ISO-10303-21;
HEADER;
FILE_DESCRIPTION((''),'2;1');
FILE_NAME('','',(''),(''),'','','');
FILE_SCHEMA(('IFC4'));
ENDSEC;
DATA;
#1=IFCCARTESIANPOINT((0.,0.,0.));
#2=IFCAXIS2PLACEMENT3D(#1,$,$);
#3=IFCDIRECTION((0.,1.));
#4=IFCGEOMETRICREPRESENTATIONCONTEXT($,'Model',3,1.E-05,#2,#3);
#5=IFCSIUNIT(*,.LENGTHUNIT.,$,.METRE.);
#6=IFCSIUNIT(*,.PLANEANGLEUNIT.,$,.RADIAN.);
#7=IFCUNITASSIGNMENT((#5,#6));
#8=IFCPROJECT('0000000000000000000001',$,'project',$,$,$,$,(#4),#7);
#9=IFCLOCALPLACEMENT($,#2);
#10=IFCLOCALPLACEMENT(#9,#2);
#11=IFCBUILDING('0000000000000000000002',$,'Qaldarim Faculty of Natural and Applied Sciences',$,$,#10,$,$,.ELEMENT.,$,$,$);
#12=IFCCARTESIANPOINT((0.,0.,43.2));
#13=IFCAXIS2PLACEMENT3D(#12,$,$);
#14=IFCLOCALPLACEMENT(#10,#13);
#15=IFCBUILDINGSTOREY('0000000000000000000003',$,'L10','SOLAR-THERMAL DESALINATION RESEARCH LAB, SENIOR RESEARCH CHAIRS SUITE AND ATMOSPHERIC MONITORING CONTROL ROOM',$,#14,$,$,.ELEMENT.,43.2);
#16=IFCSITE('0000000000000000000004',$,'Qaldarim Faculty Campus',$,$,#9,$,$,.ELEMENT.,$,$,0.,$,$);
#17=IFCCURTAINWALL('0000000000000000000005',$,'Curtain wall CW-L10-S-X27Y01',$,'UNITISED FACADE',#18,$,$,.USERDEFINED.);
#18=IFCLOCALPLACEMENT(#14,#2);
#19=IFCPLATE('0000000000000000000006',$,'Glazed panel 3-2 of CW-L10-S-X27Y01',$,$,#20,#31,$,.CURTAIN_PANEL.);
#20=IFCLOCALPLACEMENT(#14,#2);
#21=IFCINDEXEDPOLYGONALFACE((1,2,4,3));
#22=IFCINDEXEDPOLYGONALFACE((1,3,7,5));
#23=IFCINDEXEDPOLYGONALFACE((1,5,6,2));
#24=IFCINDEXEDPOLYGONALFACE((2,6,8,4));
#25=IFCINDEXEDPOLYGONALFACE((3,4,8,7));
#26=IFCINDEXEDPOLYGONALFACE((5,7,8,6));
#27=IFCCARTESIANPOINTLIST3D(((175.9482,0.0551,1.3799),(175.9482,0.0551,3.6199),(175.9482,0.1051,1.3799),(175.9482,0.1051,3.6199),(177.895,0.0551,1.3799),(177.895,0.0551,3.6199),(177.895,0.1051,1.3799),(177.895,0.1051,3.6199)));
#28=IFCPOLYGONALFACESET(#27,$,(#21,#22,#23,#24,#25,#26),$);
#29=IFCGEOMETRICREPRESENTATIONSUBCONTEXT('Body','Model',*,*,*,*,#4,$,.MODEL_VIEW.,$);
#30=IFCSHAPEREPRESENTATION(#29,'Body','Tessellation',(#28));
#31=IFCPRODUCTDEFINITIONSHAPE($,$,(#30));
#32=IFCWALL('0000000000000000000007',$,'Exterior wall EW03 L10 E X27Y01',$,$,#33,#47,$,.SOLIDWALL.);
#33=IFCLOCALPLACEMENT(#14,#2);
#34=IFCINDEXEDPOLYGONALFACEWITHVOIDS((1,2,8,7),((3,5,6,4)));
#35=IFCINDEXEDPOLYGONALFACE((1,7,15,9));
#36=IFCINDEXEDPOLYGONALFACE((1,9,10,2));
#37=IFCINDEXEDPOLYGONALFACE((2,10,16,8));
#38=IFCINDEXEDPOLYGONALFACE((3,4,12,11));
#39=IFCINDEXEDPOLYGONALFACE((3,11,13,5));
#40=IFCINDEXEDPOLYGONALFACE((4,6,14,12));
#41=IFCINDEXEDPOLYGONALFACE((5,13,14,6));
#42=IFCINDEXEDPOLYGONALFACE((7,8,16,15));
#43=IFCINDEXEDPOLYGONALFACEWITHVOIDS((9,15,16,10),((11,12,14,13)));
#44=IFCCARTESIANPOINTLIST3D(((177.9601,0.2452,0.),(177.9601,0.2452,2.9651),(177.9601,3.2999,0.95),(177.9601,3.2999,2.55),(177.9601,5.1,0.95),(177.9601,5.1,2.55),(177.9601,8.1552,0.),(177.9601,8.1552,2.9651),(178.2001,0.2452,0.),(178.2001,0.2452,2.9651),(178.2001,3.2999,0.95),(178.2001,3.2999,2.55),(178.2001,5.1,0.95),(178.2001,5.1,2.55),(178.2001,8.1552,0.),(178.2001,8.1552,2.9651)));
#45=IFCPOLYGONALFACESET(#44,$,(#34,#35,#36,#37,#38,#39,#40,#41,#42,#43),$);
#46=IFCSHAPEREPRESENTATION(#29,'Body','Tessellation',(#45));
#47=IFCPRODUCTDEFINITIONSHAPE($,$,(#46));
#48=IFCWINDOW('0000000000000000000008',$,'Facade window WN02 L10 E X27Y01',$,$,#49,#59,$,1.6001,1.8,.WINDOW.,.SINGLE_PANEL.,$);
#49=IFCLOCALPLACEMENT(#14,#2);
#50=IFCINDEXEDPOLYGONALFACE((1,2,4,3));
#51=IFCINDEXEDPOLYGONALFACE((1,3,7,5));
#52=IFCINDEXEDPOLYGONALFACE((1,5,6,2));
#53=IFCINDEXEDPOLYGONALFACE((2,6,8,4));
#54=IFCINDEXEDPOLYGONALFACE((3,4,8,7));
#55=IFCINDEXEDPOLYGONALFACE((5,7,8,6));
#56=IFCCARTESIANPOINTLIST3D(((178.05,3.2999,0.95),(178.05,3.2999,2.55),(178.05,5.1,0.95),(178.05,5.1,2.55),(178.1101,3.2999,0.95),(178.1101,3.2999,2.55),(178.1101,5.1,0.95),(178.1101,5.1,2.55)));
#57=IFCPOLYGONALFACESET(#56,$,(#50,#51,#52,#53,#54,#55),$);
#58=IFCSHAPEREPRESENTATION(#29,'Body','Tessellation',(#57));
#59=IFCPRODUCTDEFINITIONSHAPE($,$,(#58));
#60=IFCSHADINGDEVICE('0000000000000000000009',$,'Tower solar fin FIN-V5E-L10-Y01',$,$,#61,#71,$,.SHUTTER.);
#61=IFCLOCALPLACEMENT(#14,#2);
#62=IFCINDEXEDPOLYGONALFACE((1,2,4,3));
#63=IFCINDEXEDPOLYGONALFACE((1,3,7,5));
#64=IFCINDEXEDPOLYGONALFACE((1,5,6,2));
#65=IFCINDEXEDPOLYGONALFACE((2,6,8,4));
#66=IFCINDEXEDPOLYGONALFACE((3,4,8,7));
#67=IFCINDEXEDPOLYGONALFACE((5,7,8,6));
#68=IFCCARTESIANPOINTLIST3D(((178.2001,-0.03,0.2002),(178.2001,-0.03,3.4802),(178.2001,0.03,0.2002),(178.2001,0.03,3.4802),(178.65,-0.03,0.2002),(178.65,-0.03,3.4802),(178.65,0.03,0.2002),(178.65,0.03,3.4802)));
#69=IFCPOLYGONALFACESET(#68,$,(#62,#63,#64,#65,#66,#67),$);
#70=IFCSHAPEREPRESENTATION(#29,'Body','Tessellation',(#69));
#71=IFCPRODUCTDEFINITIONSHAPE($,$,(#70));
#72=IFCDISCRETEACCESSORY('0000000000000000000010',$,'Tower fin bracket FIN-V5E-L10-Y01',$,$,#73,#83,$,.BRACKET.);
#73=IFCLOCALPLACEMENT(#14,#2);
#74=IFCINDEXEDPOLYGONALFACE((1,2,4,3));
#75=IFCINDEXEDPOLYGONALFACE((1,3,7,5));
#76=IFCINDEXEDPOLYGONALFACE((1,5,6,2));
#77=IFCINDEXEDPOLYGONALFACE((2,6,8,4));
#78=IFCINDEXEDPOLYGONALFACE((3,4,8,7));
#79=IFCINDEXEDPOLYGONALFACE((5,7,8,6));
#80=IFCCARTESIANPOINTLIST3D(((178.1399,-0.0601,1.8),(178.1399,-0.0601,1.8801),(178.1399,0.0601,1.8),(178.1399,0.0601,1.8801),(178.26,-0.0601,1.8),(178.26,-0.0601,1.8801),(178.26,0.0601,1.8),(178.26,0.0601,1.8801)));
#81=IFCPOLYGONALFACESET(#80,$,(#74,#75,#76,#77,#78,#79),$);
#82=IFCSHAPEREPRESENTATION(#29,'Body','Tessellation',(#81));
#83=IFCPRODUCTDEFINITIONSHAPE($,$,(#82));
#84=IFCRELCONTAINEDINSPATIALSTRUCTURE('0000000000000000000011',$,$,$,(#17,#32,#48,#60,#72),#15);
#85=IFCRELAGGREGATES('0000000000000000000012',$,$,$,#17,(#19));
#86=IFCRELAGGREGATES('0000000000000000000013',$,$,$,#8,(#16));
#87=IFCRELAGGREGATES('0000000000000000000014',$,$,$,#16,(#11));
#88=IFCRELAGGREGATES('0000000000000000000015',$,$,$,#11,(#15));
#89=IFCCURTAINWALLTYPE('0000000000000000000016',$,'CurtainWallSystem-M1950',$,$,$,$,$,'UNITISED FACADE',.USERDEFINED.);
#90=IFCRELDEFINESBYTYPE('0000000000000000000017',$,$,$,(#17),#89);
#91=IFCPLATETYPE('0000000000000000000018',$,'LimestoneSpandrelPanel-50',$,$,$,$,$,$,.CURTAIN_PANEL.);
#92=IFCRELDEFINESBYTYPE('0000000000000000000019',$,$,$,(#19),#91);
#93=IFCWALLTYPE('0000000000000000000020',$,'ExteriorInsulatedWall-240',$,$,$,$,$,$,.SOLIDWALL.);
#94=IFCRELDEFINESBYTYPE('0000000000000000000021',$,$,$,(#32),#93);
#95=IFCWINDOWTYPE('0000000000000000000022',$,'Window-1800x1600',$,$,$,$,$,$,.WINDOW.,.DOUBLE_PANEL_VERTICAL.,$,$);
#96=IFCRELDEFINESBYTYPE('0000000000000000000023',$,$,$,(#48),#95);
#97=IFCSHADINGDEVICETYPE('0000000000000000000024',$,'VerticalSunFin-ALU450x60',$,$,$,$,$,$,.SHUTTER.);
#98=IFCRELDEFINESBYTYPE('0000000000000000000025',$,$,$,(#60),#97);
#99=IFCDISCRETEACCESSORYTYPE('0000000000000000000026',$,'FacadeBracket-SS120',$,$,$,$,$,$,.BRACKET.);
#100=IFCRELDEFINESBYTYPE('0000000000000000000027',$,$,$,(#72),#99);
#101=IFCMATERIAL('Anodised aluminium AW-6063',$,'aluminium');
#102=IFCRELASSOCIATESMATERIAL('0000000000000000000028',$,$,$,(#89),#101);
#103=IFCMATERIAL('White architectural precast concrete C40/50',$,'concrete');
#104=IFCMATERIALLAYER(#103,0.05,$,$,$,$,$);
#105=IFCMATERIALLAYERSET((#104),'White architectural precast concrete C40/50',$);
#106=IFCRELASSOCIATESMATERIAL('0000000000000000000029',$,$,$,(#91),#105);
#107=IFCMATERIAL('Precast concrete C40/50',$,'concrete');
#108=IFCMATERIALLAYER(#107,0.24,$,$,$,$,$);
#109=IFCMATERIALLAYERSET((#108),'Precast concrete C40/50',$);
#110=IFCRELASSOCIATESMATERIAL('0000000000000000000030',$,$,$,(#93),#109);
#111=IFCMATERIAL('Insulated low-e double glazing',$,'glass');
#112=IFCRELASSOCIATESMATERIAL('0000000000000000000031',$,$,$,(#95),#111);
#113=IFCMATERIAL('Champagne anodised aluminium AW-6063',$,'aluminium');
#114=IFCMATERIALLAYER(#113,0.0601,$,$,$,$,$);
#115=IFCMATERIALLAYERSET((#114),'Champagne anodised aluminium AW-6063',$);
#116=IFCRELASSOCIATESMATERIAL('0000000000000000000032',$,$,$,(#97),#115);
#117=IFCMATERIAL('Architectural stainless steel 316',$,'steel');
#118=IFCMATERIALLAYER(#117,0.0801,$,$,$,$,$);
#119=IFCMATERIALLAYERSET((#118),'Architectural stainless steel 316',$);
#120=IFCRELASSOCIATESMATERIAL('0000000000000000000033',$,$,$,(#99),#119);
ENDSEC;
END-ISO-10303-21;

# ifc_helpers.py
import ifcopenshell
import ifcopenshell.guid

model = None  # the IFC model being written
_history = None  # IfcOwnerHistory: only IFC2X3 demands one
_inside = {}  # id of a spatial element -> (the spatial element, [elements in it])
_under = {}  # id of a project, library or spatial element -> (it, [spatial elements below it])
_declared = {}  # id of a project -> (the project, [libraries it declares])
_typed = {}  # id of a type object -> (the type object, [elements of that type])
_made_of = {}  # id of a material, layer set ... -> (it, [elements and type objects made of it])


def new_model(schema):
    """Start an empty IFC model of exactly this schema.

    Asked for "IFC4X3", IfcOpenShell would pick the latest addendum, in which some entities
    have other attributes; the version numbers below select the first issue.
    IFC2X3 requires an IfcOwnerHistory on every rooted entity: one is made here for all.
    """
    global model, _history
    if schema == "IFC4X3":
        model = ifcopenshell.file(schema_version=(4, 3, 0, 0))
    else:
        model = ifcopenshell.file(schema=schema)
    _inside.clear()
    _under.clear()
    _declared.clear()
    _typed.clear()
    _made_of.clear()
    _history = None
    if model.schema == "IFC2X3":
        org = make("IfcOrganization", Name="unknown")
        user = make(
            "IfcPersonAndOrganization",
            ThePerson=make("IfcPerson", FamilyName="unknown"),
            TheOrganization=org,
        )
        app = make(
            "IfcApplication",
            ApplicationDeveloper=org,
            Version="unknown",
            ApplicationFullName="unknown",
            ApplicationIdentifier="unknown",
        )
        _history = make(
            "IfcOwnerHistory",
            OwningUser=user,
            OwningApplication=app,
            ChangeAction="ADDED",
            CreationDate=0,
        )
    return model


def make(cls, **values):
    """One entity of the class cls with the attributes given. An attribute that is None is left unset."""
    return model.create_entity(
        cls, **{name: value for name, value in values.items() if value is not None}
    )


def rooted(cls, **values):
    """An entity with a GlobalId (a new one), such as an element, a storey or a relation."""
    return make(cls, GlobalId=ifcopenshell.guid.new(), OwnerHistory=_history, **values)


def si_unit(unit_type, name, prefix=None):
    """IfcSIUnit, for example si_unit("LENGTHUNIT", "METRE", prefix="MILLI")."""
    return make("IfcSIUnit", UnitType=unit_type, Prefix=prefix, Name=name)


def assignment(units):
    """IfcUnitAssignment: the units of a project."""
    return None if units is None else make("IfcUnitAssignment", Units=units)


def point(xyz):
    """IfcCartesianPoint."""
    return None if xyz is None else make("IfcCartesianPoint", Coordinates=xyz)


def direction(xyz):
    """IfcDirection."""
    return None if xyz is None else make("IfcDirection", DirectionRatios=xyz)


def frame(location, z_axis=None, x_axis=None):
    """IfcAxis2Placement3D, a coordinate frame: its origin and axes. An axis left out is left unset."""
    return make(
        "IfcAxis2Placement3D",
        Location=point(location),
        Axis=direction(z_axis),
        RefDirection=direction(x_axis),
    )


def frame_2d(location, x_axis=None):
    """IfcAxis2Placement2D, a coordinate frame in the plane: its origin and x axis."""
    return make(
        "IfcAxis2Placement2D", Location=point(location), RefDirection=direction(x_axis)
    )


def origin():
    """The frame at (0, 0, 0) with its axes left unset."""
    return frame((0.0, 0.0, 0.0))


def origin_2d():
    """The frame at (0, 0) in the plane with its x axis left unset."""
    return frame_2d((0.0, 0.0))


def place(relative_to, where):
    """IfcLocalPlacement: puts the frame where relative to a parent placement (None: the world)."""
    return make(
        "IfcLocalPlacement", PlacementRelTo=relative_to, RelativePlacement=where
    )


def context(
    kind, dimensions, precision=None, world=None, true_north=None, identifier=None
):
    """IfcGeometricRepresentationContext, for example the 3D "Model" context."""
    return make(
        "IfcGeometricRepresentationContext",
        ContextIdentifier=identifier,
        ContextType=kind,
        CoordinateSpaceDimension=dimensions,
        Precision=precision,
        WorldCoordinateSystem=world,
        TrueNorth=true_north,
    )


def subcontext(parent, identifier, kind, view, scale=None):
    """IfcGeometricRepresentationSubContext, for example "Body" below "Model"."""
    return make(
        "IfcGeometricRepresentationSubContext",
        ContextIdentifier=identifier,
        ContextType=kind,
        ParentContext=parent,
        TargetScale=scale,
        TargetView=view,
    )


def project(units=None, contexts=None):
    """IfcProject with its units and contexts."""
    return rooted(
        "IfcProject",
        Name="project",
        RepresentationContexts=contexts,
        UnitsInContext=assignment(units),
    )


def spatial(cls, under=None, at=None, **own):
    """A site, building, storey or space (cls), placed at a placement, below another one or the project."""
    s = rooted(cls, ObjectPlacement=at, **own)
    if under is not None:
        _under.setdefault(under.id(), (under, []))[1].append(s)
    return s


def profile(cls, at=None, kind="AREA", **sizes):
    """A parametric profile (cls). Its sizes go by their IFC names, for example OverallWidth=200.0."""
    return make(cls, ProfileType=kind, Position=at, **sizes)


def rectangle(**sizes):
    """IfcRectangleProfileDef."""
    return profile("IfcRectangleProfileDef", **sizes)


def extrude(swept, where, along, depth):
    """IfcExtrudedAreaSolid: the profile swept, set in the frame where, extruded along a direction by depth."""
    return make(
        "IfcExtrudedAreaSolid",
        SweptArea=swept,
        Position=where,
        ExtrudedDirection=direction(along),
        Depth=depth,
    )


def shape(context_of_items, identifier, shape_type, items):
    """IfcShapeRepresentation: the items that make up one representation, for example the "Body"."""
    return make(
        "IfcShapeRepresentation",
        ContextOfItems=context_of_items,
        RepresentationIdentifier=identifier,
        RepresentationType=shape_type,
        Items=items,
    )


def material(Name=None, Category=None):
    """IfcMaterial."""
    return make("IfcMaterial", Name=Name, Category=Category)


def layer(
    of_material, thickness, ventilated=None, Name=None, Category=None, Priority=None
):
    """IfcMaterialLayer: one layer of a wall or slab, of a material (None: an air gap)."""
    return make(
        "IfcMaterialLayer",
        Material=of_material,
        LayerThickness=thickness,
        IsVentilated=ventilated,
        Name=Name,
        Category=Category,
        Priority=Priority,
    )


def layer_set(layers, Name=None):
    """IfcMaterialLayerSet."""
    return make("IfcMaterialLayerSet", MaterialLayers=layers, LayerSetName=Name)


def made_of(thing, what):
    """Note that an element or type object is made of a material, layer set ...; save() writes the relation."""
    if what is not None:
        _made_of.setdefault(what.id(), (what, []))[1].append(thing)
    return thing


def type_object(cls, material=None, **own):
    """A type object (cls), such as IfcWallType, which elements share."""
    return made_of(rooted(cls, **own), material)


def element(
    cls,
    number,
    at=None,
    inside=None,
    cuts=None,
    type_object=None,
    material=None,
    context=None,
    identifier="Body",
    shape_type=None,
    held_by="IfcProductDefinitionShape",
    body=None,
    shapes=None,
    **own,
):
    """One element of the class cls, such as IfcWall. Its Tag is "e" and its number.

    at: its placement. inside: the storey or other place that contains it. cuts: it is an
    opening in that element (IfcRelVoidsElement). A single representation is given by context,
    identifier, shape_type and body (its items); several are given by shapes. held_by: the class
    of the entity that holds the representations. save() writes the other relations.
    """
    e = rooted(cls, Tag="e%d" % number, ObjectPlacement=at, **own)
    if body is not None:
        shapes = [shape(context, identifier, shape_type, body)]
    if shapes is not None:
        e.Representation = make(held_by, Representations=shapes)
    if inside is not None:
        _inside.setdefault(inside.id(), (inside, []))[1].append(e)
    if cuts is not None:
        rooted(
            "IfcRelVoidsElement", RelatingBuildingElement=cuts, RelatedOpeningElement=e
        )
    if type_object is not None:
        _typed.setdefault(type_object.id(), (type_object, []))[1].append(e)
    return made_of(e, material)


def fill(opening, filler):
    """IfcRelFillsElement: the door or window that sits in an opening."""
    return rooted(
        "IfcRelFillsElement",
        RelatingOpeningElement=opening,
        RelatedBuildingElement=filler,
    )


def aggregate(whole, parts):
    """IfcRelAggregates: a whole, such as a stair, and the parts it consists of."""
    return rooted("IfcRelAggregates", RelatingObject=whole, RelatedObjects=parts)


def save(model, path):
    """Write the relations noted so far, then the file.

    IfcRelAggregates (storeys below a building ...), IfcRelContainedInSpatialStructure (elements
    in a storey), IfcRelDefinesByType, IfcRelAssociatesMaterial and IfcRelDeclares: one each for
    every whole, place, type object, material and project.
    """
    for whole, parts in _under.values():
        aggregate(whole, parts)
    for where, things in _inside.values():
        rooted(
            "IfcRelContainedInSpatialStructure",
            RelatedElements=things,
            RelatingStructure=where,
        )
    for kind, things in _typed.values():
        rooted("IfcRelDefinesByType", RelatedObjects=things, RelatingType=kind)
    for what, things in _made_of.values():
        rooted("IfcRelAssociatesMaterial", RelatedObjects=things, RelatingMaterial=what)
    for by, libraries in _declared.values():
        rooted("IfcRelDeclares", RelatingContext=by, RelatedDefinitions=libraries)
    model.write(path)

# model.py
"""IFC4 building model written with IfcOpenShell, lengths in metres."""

from ifc_helpers import new_model, si_unit, direction, frame, frame_2d, origin, origin_2d, place, context, subcontext, project, spatial, rectangle, extrude, material, layer, layer_set, type_object, element, fill, aggregate, save


model = new_model("IFC4")

# Units and contexts
model_context = context("Model", 3, precision=1e-05, world=origin(), true_north=direction((0.0, 1.0)))
body_context = subcontext(model_context, "Body", "Model", "MODEL_VIEW")
ifc_project = project(units=[si_unit("LENGTHUNIT", "METRE"), si_unit("PLANEANGLEUNIT", "RADIAN")], contexts=[model_context])

# Site, building, storey
site_placement = place(None, origin())
site = spatial("IfcSite", under=ifc_project, at=site_placement, Name="Qaldarim Faculty Campus", CompositionType="ELEMENT", RefElevation=0.0)
building_placement = place(site_placement, origin())
building = spatial("IfcBuilding", under=site, at=building_placement, Name="Qaldarim Faculty of Natural and Applied Sciences", CompositionType="ELEMENT")
storey_placement = place(building_placement, frame((0.0, 0.0, 43.2)))
storey = spatial("IfcBuildingStorey", under=building, at=storey_placement, Name="L10", Description="SOLAR-THERMAL DESALINATION RESEARCH LAB, SENIOR RESEARCH CHAIRS SUITE AND ATMOSPHERIC MONITORING CONTROL ROOM", CompositionType="ELEMENT", Elevation=43.2)

# Curtain wall
ifc_material_1 = material(Name="Anodised aluminium AW-6063", Category="aluminium")
curtain_wall_type = type_object("IfcCurtainWallType", Name="CurtainWallSystem-M1950", ElementType="UNITISED FACADE", PredefinedType="USERDEFINED", material=ifc_material_1)
curtain_wall_placement = place(storey_placement, origin())
curtain_wall = element("IfcCurtainWall", 1, at=curtain_wall_placement, inside=storey, type_object=curtain_wall_type, Name="Curtain wall CW-L10-S-X27Y01", ObjectType="UNITISED FACADE", PredefinedType="USERDEFINED")

# Plate
ifc_material_2 = material(Name="White architectural precast concrete C40/50", Category="concrete")
ifc_layer_1 = layer(ifc_material_2, 0.05)
ifc_layer_set_1 = layer_set([ifc_layer_1], Name="White architectural precast concrete C40/50")
plate_type_1 = type_object("IfcPlateType", Name="LimestoneSpandrelPanel-50", PredefinedType="CURTAIN_PANEL", material=ifc_layer_set_1)
plate_1_placement = place(storey_placement, frame((176.9216, 0.0801, 1.3799), z_axis=(0.0, 0.0, 1.0), x_axis=(1.0, 0.0, 0.0)))
plate_1 = element("IfcPlate", 2, at=plate_1_placement, type_object=plate_type_1, Name="Glazed panel 3-2 of CW-L10-S-X27Y01", PredefinedType="CURTAIN_PANEL", context=body_context, shape_type="SweptSolid", body=[
    extrude(rectangle(XDim=1.9468, YDim=0.05, at=origin_2d()), origin(), (0.0, 0.0, 1.0), 2.24),
])
aggregate(curtain_wall, [plate_1])

# Wall, opening, window
ifc_material_3 = material(Name="Precast concrete C40/50", Category="concrete")
ifc_layer_2 = layer(ifc_material_3, 0.24)
ifc_layer_set_2 = layer_set([ifc_layer_2], Name="Precast concrete C40/50")
wall_type = type_object("IfcWallType", Name="ExteriorInsulatedWall-240", PredefinedType="SOLIDWALL", material=ifc_layer_set_2)
wall_placement = place(storey_placement, frame((178.0801, 0.2451, 0.0), z_axis=(0.0, 0.0, 1.0), x_axis=(0.0, 1.0, 0.0)))
wall = element("IfcWall", 3, at=wall_placement, inside=storey, type_object=wall_type, Name="Exterior wall EW03 L10 E X27Y01", PredefinedType="SOLIDWALL", context=body_context, shape_type="SweptSolid", body=[
    extrude(rectangle(XDim=7.9099, YDim=0.24, at=frame_2d((3.9551, 0.0))), origin(), (0.0, 0.0, 1.0), 2.9651),
])
opening_placement = place(wall_placement, frame((3.0549, 0.0, 0.95)))
opening = element("IfcOpeningElement", 4, at=opening_placement, cuts=wall, PredefinedType="OPENING", context=body_context, shape_type="SweptSolid", body=[
    extrude(rectangle(XDim=1.8, YDim=1.6001, at=frame_2d((0.8999, 0.8))), frame((0.0, 0.1299, 0.0), z_axis=(0.0, -1.0, 0.0), x_axis=(1.0, 0.0, 0.0)), (0.0, 0.0, 1.0), 0.26),
])
ifc_material_4 = material(Name="Insulated low-e double glazing", Category="glass")
window_type = type_object("IfcWindowType", Name="Window-1800x1600", PartitioningType="DOUBLE_PANEL_VERTICAL", PredefinedType="WINDOW", material=ifc_material_4)
window_placement = place(opening_placement, origin())
window = element("IfcWindow", 5, at=window_placement, inside=storey, type_object=window_type, Name="Facade window WN02 L10 E X27Y01", OverallHeight=1.6001, OverallWidth=1.8, PartitioningType="SINGLE_PANEL", PredefinedType="WINDOW", context=body_context, shape_type="SweptSolid", body=[
    extrude(rectangle(XDim=1.8, YDim=1.6001, at=frame_2d((0.8999, 0.8))), frame((0.0, 0.03, 0.0), z_axis=(0.0, -1.0, 0.0), x_axis=(1.0, 0.0, 0.0)), (0.0, 0.0, 1.0), 0.0601),
])
fill(opening, window)

# Shading device
ifc_material_5 = material(Name="Champagne anodised aluminium AW-6063", Category="aluminium")
ifc_layer_3 = layer(ifc_material_5, 0.0601)
ifc_layer_set_3 = layer_set([ifc_layer_3], Name="Champagne anodised aluminium AW-6063")
shading_device_type = type_object("IfcShadingDeviceType", Name="VerticalSunFin-ALU450x60", PredefinedType="SHUTTER", material=ifc_layer_set_3)
shading_device_placement = place(storey_placement, frame((178.425, 0.0, 0.2002), z_axis=(0.0, 0.0, 1.0), x_axis=(1.0, 0.0, 0.0)))
element("IfcShadingDevice", 6, at=shading_device_placement, inside=storey, type_object=shading_device_type, Name="Tower solar fin FIN-V5E-L10-Y01", PredefinedType="SHUTTER", context=body_context, shape_type="SweptSolid", body=[
    extrude(rectangle(XDim=0.45, YDim=0.0601, at=origin_2d()), origin(), (0.0, 0.0, 1.0), 3.28),
])

# Discrete accessory
ifc_material_6 = material(Name="Architectural stainless steel 316", Category="steel")
ifc_layer_4 = layer(ifc_material_6, 0.0801)
ifc_layer_set_4 = layer_set([ifc_layer_4], Name="Architectural stainless steel 316")
discrete_accessory_type = type_object("IfcDiscreteAccessoryType", Name="FacadeBracket-SS120", PredefinedType="BRACKET", material=ifc_layer_set_4)
discrete_accessory_placement = place(storey_placement, frame((178.2, 0.0, 1.8), z_axis=(0.0, 0.0, 1.0), x_axis=(1.0, 0.0, 0.0)))
element("IfcDiscreteAccessory", 7, at=discrete_accessory_placement, inside=storey, type_object=discrete_accessory_type, Name="Tower fin bracket FIN-V5E-L10-Y01", PredefinedType="BRACKET", context=body_context, shape_type="SweptSolid", body=[
    extrude(rectangle(XDim=0.1201, YDim=0.1201, at=origin_2d()), origin(), (0.0, 0.0, 1.0), 0.0801),
])

save(model, "model.ifc")
